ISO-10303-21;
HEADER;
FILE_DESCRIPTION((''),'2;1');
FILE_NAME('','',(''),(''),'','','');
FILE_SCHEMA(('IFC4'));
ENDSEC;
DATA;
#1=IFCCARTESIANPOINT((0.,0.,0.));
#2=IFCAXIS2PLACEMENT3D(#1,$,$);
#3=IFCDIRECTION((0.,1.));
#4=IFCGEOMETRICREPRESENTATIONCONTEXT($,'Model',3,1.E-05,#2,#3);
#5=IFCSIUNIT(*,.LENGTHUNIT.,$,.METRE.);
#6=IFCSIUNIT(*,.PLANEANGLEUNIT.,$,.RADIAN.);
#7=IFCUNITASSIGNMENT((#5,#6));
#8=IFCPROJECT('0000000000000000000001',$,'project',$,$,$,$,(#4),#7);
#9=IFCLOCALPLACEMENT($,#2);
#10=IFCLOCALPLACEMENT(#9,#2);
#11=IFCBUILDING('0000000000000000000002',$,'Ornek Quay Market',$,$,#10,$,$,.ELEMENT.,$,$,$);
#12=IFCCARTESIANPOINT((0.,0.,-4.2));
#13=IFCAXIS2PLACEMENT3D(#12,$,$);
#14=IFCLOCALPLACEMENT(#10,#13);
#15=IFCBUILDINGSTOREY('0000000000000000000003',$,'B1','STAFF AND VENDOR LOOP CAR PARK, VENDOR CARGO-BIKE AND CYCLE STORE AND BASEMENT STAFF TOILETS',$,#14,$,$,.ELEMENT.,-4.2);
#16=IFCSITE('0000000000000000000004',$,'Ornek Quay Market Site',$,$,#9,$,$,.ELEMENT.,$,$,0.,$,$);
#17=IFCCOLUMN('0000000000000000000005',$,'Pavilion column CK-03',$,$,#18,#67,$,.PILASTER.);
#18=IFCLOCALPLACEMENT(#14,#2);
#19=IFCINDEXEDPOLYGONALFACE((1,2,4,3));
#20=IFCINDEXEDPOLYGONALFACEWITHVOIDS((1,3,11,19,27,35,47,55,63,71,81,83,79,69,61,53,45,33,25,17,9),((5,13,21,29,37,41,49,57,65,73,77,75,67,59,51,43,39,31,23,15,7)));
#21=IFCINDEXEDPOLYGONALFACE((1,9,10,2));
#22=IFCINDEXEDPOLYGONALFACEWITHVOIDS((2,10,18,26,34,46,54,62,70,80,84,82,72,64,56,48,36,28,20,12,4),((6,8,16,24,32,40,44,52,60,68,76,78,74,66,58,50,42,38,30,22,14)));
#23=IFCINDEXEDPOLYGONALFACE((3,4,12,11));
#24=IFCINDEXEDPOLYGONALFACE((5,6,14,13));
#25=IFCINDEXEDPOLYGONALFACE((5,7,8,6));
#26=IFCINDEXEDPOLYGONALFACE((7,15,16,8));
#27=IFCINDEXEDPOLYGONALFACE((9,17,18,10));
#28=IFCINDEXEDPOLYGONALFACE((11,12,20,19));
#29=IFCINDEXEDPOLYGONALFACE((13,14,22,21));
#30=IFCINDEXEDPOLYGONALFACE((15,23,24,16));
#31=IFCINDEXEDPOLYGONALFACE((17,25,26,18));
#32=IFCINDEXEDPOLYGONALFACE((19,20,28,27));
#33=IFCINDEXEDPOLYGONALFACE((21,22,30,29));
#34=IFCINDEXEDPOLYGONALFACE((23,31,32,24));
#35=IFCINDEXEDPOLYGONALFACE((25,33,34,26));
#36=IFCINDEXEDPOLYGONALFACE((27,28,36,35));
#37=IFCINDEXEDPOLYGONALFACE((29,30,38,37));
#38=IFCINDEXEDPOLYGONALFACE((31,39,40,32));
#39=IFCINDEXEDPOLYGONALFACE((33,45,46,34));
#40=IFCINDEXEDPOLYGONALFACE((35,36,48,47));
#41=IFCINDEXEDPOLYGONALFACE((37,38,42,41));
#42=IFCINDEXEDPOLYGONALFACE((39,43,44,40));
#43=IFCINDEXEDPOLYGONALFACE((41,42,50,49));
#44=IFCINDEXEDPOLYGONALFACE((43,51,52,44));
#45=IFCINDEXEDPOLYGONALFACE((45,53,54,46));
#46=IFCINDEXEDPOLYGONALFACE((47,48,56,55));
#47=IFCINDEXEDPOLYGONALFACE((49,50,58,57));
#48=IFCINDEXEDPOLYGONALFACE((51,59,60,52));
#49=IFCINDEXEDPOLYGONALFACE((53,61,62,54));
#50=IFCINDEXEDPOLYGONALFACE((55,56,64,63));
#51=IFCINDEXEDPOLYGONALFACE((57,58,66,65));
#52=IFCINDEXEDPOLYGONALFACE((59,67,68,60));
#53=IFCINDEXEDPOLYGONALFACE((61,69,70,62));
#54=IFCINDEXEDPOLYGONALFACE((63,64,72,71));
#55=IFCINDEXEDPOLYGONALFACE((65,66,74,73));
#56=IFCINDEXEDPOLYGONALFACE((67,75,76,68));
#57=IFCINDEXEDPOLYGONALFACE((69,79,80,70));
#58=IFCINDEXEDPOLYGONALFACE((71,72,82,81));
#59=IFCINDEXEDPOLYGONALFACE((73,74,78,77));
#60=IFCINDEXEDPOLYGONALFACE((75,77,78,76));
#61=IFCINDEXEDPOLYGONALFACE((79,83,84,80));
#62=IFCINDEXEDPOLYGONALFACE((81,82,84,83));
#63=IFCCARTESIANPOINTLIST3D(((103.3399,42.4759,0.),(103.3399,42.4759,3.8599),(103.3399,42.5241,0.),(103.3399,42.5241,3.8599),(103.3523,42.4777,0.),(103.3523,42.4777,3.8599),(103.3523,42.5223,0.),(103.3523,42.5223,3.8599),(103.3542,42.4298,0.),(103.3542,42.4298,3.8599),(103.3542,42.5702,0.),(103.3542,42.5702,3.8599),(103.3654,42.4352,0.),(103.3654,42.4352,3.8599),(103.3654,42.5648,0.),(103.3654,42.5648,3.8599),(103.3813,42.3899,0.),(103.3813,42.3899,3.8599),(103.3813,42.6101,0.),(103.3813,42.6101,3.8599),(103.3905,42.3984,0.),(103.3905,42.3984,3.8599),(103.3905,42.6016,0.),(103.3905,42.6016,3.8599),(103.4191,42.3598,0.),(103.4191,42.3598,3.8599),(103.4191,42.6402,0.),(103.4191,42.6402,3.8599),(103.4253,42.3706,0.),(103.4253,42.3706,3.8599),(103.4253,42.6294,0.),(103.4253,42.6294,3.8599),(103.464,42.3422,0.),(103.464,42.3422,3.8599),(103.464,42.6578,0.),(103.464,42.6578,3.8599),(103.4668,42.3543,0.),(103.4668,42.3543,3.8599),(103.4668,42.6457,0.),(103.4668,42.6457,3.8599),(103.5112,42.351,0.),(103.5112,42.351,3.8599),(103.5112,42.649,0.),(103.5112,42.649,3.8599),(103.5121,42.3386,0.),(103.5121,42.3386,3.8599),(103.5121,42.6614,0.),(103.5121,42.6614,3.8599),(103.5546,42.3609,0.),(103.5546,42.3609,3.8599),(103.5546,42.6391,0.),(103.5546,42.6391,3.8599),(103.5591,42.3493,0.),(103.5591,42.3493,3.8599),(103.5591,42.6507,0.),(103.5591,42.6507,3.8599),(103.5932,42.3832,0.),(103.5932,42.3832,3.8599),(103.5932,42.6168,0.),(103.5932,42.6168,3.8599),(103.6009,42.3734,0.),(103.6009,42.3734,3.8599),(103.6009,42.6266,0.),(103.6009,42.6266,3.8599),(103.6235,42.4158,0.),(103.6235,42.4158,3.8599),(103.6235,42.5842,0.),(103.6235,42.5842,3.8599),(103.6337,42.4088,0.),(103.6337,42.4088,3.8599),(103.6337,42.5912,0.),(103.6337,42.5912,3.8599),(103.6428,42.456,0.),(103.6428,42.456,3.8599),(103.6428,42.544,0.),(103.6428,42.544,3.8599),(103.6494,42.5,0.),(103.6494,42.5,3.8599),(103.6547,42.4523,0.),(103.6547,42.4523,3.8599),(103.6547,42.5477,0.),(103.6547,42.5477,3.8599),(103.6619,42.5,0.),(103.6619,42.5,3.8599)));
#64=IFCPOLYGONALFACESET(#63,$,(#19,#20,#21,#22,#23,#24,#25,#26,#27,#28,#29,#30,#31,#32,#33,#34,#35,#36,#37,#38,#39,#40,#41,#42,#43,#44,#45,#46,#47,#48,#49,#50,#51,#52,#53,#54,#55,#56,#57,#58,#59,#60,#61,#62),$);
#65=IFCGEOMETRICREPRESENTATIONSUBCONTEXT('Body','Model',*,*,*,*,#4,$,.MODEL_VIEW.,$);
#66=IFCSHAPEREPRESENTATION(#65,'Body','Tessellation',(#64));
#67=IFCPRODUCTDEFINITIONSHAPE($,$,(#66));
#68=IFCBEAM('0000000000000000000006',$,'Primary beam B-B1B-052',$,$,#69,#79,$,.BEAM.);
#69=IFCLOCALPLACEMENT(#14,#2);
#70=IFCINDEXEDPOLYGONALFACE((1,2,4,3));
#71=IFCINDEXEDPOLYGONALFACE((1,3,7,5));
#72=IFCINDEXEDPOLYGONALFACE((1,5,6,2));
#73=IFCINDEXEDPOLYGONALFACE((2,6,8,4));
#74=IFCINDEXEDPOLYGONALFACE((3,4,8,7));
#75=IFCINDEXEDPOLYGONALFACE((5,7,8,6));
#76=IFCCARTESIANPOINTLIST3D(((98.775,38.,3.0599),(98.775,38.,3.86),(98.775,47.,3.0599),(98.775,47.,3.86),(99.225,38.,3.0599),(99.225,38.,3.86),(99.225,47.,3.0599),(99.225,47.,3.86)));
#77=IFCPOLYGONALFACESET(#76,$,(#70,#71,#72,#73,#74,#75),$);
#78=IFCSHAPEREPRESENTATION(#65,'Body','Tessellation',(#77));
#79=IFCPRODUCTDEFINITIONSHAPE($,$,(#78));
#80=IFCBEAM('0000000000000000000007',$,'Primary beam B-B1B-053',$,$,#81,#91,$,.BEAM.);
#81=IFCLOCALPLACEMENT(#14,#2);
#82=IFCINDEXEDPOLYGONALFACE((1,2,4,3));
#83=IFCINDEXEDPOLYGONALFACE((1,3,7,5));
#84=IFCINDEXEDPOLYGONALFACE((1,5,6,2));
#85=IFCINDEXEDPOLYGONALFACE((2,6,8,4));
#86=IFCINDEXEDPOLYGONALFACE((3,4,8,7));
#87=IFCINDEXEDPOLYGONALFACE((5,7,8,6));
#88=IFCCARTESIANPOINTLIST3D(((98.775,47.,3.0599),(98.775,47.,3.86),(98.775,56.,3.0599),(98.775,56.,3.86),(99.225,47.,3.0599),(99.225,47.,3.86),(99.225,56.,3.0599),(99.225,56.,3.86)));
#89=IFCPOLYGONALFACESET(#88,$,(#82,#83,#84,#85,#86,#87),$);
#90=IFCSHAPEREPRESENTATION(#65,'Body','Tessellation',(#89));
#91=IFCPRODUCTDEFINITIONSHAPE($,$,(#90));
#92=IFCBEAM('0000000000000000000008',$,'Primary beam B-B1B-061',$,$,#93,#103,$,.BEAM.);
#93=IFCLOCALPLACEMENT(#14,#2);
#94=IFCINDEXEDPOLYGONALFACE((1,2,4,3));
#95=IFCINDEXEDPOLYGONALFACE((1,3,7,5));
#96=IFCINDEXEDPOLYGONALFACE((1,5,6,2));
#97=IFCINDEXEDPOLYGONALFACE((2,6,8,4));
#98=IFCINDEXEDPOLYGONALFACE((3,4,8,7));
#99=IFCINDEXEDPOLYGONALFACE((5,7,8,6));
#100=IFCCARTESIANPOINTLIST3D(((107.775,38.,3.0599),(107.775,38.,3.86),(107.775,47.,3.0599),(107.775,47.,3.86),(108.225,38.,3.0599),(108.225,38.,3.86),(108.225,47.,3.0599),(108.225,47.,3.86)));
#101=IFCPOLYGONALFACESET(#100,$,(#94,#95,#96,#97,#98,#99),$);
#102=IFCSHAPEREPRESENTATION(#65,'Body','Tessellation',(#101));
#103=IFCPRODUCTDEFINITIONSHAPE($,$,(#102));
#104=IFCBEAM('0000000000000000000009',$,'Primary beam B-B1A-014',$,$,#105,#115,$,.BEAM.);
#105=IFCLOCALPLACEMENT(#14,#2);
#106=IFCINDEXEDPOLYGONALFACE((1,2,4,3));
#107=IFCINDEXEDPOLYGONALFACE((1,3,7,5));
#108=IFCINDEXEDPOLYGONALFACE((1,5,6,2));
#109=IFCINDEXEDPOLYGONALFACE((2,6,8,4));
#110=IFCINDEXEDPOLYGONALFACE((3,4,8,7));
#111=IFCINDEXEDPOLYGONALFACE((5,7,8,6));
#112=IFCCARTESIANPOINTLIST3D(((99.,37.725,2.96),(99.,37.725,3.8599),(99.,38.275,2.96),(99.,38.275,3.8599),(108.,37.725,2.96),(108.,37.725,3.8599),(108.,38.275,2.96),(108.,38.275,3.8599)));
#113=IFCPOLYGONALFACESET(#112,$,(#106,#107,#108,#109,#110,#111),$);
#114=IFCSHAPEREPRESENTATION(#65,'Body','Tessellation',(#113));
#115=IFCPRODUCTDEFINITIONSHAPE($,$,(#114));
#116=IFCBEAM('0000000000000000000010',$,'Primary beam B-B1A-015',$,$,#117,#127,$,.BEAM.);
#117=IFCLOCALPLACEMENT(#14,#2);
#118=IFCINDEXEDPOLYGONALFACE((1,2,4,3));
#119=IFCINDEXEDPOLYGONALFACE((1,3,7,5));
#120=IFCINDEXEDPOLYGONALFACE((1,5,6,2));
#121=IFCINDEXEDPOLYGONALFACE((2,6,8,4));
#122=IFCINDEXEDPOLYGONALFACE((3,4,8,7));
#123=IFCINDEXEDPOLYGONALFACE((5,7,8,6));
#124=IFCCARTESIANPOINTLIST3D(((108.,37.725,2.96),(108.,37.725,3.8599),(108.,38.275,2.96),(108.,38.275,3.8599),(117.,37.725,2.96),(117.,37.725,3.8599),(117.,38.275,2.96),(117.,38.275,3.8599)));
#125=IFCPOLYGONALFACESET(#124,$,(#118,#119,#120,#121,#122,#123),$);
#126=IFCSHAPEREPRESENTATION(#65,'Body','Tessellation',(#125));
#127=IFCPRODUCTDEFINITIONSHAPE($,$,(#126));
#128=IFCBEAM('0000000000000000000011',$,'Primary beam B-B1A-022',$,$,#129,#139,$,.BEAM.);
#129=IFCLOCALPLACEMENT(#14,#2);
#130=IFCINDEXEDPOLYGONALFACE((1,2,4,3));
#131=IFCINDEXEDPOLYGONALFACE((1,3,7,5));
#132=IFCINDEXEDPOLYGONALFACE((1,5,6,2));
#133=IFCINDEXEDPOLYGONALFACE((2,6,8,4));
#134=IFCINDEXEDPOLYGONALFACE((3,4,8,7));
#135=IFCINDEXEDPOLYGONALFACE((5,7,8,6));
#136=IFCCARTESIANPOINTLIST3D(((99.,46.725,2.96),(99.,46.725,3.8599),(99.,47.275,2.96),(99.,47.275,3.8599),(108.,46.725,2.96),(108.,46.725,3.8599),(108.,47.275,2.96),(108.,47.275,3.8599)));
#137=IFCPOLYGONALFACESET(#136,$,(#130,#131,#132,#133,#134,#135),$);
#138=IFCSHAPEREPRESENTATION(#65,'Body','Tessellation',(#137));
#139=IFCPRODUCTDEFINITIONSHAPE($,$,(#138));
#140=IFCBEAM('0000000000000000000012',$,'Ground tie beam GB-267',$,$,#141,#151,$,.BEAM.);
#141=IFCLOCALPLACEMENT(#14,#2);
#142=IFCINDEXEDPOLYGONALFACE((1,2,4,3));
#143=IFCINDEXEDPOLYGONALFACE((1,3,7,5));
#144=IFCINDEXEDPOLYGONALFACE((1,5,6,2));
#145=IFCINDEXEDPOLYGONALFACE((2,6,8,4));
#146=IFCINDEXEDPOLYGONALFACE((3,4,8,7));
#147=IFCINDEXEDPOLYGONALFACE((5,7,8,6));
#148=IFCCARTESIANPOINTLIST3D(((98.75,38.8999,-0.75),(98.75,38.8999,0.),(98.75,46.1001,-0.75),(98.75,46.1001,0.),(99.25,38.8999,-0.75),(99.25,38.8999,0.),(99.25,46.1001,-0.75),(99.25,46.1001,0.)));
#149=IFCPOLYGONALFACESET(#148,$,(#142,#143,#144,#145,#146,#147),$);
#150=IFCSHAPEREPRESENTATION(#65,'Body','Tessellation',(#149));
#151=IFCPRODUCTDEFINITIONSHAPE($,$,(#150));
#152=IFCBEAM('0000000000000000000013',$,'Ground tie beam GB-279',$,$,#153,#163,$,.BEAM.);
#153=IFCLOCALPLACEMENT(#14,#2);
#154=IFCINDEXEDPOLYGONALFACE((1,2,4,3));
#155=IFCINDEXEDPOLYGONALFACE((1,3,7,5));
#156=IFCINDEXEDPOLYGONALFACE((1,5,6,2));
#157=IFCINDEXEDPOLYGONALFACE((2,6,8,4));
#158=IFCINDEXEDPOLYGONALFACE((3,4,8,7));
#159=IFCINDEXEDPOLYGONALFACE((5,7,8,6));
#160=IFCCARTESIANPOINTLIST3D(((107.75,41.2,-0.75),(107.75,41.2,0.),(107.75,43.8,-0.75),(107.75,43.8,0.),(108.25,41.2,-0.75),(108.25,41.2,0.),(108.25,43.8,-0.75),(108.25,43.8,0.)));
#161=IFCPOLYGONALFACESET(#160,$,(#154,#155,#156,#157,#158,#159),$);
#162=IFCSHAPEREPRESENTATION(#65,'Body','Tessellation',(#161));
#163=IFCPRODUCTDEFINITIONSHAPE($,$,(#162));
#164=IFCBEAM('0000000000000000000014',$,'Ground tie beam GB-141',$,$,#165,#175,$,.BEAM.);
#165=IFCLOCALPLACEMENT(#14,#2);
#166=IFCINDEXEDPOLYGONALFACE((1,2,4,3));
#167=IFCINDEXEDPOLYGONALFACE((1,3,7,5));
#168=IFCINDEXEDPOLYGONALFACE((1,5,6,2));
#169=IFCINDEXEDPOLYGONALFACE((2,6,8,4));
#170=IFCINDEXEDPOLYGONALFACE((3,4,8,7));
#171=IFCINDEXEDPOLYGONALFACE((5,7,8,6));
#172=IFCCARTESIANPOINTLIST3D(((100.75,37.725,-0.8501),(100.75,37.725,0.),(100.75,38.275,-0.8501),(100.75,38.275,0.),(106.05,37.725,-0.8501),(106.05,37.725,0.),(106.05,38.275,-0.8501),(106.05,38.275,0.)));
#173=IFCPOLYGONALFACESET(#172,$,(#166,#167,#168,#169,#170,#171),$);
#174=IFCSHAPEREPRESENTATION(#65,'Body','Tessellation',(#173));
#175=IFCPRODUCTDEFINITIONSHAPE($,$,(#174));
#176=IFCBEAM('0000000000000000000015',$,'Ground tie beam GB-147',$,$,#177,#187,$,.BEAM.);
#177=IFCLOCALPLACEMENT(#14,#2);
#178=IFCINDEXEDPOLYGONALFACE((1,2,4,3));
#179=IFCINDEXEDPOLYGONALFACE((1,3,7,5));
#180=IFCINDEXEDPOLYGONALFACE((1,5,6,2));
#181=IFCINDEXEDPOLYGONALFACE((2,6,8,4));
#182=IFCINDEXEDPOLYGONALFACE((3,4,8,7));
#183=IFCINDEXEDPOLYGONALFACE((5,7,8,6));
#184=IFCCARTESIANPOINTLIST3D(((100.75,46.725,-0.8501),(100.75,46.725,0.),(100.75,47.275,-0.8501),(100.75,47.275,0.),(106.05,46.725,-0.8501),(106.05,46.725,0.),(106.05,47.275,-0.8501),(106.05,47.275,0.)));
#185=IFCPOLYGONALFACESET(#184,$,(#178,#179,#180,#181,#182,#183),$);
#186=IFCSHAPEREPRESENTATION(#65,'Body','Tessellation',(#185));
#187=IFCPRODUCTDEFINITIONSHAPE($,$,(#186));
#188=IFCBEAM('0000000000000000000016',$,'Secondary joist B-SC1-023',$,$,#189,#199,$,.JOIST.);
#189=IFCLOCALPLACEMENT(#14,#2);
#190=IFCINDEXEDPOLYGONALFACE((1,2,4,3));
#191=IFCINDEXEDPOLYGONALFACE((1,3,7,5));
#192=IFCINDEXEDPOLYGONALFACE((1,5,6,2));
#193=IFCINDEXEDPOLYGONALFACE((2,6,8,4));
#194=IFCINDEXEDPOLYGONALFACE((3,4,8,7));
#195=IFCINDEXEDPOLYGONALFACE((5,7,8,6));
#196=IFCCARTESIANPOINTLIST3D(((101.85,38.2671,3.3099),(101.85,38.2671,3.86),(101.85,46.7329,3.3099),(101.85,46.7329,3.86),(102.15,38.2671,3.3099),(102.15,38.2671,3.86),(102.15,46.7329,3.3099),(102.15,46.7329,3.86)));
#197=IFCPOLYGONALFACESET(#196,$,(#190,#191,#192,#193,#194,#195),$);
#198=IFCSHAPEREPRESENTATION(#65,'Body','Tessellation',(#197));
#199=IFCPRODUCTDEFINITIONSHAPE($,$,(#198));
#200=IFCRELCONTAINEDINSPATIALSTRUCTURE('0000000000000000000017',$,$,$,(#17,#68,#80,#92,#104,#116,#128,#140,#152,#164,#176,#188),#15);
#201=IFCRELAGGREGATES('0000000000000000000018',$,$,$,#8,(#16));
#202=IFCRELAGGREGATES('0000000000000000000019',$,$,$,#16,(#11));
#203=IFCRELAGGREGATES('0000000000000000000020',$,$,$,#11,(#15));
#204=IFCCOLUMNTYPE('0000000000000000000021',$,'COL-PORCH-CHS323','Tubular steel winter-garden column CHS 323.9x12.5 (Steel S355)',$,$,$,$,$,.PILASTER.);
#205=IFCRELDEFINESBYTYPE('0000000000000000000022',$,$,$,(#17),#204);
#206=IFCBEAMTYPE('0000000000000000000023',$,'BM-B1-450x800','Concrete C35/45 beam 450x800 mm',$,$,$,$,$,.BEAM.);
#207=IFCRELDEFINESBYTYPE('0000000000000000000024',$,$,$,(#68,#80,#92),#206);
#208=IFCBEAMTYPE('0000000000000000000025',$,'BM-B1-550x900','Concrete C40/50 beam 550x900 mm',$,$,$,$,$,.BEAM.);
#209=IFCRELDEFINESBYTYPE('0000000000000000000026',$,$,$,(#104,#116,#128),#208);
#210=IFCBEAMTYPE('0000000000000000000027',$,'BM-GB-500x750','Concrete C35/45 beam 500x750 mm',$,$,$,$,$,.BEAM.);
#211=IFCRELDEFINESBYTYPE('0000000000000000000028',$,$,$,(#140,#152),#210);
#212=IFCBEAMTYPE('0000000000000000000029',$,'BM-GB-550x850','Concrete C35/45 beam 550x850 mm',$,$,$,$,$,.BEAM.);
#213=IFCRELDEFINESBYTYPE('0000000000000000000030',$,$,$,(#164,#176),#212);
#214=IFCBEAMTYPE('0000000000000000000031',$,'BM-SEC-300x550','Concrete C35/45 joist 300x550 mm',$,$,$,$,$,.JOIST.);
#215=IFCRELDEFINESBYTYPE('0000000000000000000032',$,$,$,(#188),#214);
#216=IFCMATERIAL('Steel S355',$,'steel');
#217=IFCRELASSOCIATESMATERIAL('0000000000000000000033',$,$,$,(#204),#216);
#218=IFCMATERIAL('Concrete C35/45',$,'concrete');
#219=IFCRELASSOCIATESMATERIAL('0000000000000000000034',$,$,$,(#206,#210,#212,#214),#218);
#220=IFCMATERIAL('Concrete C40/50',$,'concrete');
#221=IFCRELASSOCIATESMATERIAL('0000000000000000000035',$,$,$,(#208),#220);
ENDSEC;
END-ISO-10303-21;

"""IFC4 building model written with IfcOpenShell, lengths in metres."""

from ifc_helpers import new_model, si_unit, direction, frame, origin, origin_2d, place, context, subcontext, project, spatial, rectangle, hollow_circle, extrude, material, material_profile, profile_set, type_object, element, save


model = new_model("IFC4")

# Units and contexts
model_context = context("Model", 3, precision=1e-05, world=origin(), true_north=direction((0.0, 1.0)))
body_context = subcontext(model_context, "Body", "Model", "MODEL_VIEW")
ifc_project = project(units=[si_unit("LENGTHUNIT", "METRE"), si_unit("PLANEANGLEUNIT", "RADIAN")], contexts=[model_context])

# Site, building, storey
site_placement = place(None, origin())
site = spatial("IfcSite", under=ifc_project, at=site_placement, Name="Ornek Quay Market Site", CompositionType="ELEMENT", RefElevation=0.0)
building_placement = place(site_placement, origin())
building = spatial("IfcBuilding", under=site, at=building_placement, Name="Ornek Quay Market", CompositionType="ELEMENT")
storey_placement = place(building_placement, frame((0.0, 0.0, -4.2)))
storey = spatial("IfcBuildingStorey", under=building, at=storey_placement, Name="B1", Description="STAFF AND VENDOR LOOP CAR PARK, VENDOR CARGO-BIKE AND CYCLE STORE AND BASEMENT STAFF TOILETS", CompositionType="ELEMENT", Elevation=-4.2)

# Shared definitions
ifc_material_1 = material(Name="Concrete C35/45", Category="concrete")

# Column
ifc_material_2 = material(Name="Concrete C40/50", Category="concrete")
ifc_material_3 = material(Name="Steel S355", Category="steel")
ifc_material_profile_1 = material_profile(ifc_material_3, hollow_circle(Radius=0.1619, WallThickness=0.0125, at=origin_2d()), Name="CHS 323.9x12.5", Category="steel")
ifc_profile_set_1 = profile_set([ifc_material_profile_1], Name="Steel S355")
column_type_1 = type_object("IfcColumnType", Name="COL-PORCH-CHS323", Description="Tubular steel winter-garden column CHS 323.9x12.5 (Steel S355)", PredefinedType="PILASTER", material=ifc_profile_set_1)
column_1_placement = place(storey_placement, frame((103.5, 42.5, 0.0), z_axis=(0.0, 0.0, 1.0), x_axis=(1.0, 0.0, 0.0)))
element("IfcColumn", 1, at=column_1_placement, inside=storey, type_object=column_type_1, Name="Pavilion column CK-03", PredefinedType="PILASTER", context=body_context, shape_type="SweptSolid", body=[
    extrude(hollow_circle(Radius=0.1619, WallThickness=0.0125, at=origin_2d()), origin(), (0.0, 0.0, 1.0), 3.8599),
])

# Beams
ifc_material_profile_2 = material_profile(ifc_material_1, rectangle(XDim=0.45, YDim=0.8, at=origin_2d()), Name="RC 450x800", Category="concrete")
ifc_profile_set_2 = profile_set([ifc_material_profile_2], Name="Concrete C35/45")
beam_type_1 = type_object("IfcBeamType", Name="BM-B1-450x800", Description="Concrete C35/45 beam 450x800 mm", PredefinedType="BEAM", material=ifc_profile_set_2)
for number, where, z_axis, x_axis, name in (
    (2, (99.0, 38.0, 3.46), (0.0, 1.0, 0.0), (-1.0, 0.0, 0.0), "Primary beam B-B1B-052"),
    (3, (99.0, 47.0, 3.46), (0.0, 1.0, 0.0), (-1.0, 0.0, 0.0), "Primary beam B-B1B-053"),
    (4, (108.0, 38.0, 3.46), (0.0, 1.0, 0.0), (-1.0, 0.0, 0.0), "Primary beam B-B1B-061"),
):
    element("IfcBeam", number, at=place(storey_placement, frame(where, z_axis=z_axis, x_axis=x_axis)), inside=storey, type_object=beam_type_1, Name=name, PredefinedType="BEAM", context=body_context, shape_type="SweptSolid", body=[
        extrude(rectangle(XDim=0.45, YDim=0.8, at=origin_2d()), origin(), (0.0, 0.0, 1.0), 9.0),
    ])
ifc_material_profile_3 = material_profile(ifc_material_2, rectangle(XDim=0.55, YDim=0.8999, at=origin_2d()), Name="RC 550x900", Category="concrete")
ifc_profile_set_3 = profile_set([ifc_material_profile_3], Name="Concrete C40/50")
beam_type_2 = type_object("IfcBeamType", Name="BM-B1-550x900", Description="Concrete C40/50 beam 550x900 mm", PredefinedType="BEAM", material=ifc_profile_set_3)
for number, where, z_axis, x_axis, name in (
    (5, (99.0, 38.0, 3.4099), (1.0, 0.0, 0.0), (0.0, 1.0, 0.0), "Primary beam B-B1A-014"),
    (6, (108.0, 38.0, 3.4099), (1.0, 0.0, 0.0), (0.0, 1.0, 0.0), "Primary beam B-B1A-015"),
    (7, (99.0, 47.0, 3.4099), (1.0, 0.0, 0.0), (0.0, 1.0, 0.0), "Primary beam B-B1A-022"),
):
    element("IfcBeam", number, at=place(storey_placement, frame(where, z_axis=z_axis, x_axis=x_axis)), inside=storey, type_object=beam_type_2, Name=name, PredefinedType="BEAM", context=body_context, shape_type="SweptSolid", body=[
        extrude(rectangle(XDim=0.55, YDim=0.8999, at=origin_2d()), origin(), (0.0, 0.0, 1.0), 9.0),
    ])
ifc_material_profile_4 = material_profile(ifc_material_1, rectangle(XDim=0.5, YDim=0.75, at=origin_2d()), Name="RC 500x750", Category="concrete")
ifc_profile_set_4 = profile_set([ifc_material_profile_4], Name="Concrete C35/45")
beam_type_3 = type_object("IfcBeamType", Name="BM-GB-500x750", Description="Concrete C35/45 beam 500x750 mm", PredefinedType="BEAM", material=ifc_profile_set_4)
beam_1_placement = place(storey_placement, frame((99.0, 38.8999, -0.375), z_axis=(0.0, 1.0, 0.0), x_axis=(-1.0, 0.0, 0.0)))
element("IfcBeam", 8, at=beam_1_placement, inside=storey, type_object=beam_type_3, Name="Ground tie beam GB-267", PredefinedType="BEAM", context=body_context, shape_type="SweptSolid", body=[
    extrude(rectangle(XDim=0.5, YDim=0.75, at=origin_2d()), origin(), (0.0, 0.0, 1.0), 7.2002),
])
beam_2_placement = place(storey_placement, frame((108.0, 41.2, -0.375), z_axis=(0.0, 1.0, 0.0), x_axis=(-1.0, 0.0, 0.0)))
element("IfcBeam", 9, at=beam_2_placement, inside=storey, type_object=beam_type_3, Name="Ground tie beam GB-279", PredefinedType="BEAM", context=body_context, shape_type="SweptSolid", body=[
    extrude(rectangle(XDim=0.5, YDim=0.75, at=origin_2d()), origin(), (0.0, 0.0, 1.0), 2.6001),
])
ifc_material_profile_5 = material_profile(ifc_material_1, rectangle(XDim=0.55, YDim=0.8501, at=origin_2d()), Name="RC 550x850", Category="concrete")
ifc_profile_set_5 = profile_set([ifc_material_profile_5], Name="Concrete C35/45")
beam_type_4 = type_object("IfcBeamType", Name="BM-GB-550x850", Description="Concrete C35/45 beam 550x850 mm", PredefinedType="BEAM", material=ifc_profile_set_5)
for number, where, z_axis, x_axis, name in (
    (10, (100.75, 38.0, -0.425), (1.0, 0.0, 0.0), (0.0, 1.0, 0.0), "Ground tie beam GB-141"),
    (11, (100.75, 47.0, -0.425), (1.0, 0.0, 0.0), (0.0, 1.0, 0.0), "Ground tie beam GB-147"),
):
    element("IfcBeam", number, at=place(storey_placement, frame(where, z_axis=z_axis, x_axis=x_axis)), inside=storey, type_object=beam_type_4, Name=name, PredefinedType="BEAM", context=body_context, shape_type="SweptSolid", body=[
        extrude(rectangle(XDim=0.55, YDim=0.8501, at=origin_2d()), origin(), (0.0, 0.0, 1.0), 5.3),
    ])
ifc_material_profile_6 = material_profile(ifc_material_1, rectangle(XDim=0.3, YDim=0.55, at=origin_2d()), Name="RC 300x550", Category="concrete")
ifc_profile_set_6 = profile_set([ifc_material_profile_6], Name="Concrete C35/45")
beam_type_5 = type_object("IfcBeamType", Name="BM-SEC-300x550", Description="Concrete C35/45 joist 300x550 mm", PredefinedType="JOIST", material=ifc_profile_set_6)
for number, where, z_axis, x_axis, name in (
    (12, (102.0, 38.2671, 3.585), (0.0, 1.0, 0.0), (-1.0, 0.0, 0.0), "Secondary joist B-SC1-023"),
):
    element("IfcBeam", number, at=place(storey_placement, frame(where, z_axis=z_axis, x_axis=x_axis)), inside=storey, type_object=beam_type_5, Name=name, PredefinedType="JOIST", context=body_context, shape_type="SweptSolid", body=[
        extrude(rectangle(XDim=0.3, YDim=0.55, at=origin_2d()), origin(), (0.0, 0.0, 1.0), 8.4658),
    ])

save(model, "model.ifc")
